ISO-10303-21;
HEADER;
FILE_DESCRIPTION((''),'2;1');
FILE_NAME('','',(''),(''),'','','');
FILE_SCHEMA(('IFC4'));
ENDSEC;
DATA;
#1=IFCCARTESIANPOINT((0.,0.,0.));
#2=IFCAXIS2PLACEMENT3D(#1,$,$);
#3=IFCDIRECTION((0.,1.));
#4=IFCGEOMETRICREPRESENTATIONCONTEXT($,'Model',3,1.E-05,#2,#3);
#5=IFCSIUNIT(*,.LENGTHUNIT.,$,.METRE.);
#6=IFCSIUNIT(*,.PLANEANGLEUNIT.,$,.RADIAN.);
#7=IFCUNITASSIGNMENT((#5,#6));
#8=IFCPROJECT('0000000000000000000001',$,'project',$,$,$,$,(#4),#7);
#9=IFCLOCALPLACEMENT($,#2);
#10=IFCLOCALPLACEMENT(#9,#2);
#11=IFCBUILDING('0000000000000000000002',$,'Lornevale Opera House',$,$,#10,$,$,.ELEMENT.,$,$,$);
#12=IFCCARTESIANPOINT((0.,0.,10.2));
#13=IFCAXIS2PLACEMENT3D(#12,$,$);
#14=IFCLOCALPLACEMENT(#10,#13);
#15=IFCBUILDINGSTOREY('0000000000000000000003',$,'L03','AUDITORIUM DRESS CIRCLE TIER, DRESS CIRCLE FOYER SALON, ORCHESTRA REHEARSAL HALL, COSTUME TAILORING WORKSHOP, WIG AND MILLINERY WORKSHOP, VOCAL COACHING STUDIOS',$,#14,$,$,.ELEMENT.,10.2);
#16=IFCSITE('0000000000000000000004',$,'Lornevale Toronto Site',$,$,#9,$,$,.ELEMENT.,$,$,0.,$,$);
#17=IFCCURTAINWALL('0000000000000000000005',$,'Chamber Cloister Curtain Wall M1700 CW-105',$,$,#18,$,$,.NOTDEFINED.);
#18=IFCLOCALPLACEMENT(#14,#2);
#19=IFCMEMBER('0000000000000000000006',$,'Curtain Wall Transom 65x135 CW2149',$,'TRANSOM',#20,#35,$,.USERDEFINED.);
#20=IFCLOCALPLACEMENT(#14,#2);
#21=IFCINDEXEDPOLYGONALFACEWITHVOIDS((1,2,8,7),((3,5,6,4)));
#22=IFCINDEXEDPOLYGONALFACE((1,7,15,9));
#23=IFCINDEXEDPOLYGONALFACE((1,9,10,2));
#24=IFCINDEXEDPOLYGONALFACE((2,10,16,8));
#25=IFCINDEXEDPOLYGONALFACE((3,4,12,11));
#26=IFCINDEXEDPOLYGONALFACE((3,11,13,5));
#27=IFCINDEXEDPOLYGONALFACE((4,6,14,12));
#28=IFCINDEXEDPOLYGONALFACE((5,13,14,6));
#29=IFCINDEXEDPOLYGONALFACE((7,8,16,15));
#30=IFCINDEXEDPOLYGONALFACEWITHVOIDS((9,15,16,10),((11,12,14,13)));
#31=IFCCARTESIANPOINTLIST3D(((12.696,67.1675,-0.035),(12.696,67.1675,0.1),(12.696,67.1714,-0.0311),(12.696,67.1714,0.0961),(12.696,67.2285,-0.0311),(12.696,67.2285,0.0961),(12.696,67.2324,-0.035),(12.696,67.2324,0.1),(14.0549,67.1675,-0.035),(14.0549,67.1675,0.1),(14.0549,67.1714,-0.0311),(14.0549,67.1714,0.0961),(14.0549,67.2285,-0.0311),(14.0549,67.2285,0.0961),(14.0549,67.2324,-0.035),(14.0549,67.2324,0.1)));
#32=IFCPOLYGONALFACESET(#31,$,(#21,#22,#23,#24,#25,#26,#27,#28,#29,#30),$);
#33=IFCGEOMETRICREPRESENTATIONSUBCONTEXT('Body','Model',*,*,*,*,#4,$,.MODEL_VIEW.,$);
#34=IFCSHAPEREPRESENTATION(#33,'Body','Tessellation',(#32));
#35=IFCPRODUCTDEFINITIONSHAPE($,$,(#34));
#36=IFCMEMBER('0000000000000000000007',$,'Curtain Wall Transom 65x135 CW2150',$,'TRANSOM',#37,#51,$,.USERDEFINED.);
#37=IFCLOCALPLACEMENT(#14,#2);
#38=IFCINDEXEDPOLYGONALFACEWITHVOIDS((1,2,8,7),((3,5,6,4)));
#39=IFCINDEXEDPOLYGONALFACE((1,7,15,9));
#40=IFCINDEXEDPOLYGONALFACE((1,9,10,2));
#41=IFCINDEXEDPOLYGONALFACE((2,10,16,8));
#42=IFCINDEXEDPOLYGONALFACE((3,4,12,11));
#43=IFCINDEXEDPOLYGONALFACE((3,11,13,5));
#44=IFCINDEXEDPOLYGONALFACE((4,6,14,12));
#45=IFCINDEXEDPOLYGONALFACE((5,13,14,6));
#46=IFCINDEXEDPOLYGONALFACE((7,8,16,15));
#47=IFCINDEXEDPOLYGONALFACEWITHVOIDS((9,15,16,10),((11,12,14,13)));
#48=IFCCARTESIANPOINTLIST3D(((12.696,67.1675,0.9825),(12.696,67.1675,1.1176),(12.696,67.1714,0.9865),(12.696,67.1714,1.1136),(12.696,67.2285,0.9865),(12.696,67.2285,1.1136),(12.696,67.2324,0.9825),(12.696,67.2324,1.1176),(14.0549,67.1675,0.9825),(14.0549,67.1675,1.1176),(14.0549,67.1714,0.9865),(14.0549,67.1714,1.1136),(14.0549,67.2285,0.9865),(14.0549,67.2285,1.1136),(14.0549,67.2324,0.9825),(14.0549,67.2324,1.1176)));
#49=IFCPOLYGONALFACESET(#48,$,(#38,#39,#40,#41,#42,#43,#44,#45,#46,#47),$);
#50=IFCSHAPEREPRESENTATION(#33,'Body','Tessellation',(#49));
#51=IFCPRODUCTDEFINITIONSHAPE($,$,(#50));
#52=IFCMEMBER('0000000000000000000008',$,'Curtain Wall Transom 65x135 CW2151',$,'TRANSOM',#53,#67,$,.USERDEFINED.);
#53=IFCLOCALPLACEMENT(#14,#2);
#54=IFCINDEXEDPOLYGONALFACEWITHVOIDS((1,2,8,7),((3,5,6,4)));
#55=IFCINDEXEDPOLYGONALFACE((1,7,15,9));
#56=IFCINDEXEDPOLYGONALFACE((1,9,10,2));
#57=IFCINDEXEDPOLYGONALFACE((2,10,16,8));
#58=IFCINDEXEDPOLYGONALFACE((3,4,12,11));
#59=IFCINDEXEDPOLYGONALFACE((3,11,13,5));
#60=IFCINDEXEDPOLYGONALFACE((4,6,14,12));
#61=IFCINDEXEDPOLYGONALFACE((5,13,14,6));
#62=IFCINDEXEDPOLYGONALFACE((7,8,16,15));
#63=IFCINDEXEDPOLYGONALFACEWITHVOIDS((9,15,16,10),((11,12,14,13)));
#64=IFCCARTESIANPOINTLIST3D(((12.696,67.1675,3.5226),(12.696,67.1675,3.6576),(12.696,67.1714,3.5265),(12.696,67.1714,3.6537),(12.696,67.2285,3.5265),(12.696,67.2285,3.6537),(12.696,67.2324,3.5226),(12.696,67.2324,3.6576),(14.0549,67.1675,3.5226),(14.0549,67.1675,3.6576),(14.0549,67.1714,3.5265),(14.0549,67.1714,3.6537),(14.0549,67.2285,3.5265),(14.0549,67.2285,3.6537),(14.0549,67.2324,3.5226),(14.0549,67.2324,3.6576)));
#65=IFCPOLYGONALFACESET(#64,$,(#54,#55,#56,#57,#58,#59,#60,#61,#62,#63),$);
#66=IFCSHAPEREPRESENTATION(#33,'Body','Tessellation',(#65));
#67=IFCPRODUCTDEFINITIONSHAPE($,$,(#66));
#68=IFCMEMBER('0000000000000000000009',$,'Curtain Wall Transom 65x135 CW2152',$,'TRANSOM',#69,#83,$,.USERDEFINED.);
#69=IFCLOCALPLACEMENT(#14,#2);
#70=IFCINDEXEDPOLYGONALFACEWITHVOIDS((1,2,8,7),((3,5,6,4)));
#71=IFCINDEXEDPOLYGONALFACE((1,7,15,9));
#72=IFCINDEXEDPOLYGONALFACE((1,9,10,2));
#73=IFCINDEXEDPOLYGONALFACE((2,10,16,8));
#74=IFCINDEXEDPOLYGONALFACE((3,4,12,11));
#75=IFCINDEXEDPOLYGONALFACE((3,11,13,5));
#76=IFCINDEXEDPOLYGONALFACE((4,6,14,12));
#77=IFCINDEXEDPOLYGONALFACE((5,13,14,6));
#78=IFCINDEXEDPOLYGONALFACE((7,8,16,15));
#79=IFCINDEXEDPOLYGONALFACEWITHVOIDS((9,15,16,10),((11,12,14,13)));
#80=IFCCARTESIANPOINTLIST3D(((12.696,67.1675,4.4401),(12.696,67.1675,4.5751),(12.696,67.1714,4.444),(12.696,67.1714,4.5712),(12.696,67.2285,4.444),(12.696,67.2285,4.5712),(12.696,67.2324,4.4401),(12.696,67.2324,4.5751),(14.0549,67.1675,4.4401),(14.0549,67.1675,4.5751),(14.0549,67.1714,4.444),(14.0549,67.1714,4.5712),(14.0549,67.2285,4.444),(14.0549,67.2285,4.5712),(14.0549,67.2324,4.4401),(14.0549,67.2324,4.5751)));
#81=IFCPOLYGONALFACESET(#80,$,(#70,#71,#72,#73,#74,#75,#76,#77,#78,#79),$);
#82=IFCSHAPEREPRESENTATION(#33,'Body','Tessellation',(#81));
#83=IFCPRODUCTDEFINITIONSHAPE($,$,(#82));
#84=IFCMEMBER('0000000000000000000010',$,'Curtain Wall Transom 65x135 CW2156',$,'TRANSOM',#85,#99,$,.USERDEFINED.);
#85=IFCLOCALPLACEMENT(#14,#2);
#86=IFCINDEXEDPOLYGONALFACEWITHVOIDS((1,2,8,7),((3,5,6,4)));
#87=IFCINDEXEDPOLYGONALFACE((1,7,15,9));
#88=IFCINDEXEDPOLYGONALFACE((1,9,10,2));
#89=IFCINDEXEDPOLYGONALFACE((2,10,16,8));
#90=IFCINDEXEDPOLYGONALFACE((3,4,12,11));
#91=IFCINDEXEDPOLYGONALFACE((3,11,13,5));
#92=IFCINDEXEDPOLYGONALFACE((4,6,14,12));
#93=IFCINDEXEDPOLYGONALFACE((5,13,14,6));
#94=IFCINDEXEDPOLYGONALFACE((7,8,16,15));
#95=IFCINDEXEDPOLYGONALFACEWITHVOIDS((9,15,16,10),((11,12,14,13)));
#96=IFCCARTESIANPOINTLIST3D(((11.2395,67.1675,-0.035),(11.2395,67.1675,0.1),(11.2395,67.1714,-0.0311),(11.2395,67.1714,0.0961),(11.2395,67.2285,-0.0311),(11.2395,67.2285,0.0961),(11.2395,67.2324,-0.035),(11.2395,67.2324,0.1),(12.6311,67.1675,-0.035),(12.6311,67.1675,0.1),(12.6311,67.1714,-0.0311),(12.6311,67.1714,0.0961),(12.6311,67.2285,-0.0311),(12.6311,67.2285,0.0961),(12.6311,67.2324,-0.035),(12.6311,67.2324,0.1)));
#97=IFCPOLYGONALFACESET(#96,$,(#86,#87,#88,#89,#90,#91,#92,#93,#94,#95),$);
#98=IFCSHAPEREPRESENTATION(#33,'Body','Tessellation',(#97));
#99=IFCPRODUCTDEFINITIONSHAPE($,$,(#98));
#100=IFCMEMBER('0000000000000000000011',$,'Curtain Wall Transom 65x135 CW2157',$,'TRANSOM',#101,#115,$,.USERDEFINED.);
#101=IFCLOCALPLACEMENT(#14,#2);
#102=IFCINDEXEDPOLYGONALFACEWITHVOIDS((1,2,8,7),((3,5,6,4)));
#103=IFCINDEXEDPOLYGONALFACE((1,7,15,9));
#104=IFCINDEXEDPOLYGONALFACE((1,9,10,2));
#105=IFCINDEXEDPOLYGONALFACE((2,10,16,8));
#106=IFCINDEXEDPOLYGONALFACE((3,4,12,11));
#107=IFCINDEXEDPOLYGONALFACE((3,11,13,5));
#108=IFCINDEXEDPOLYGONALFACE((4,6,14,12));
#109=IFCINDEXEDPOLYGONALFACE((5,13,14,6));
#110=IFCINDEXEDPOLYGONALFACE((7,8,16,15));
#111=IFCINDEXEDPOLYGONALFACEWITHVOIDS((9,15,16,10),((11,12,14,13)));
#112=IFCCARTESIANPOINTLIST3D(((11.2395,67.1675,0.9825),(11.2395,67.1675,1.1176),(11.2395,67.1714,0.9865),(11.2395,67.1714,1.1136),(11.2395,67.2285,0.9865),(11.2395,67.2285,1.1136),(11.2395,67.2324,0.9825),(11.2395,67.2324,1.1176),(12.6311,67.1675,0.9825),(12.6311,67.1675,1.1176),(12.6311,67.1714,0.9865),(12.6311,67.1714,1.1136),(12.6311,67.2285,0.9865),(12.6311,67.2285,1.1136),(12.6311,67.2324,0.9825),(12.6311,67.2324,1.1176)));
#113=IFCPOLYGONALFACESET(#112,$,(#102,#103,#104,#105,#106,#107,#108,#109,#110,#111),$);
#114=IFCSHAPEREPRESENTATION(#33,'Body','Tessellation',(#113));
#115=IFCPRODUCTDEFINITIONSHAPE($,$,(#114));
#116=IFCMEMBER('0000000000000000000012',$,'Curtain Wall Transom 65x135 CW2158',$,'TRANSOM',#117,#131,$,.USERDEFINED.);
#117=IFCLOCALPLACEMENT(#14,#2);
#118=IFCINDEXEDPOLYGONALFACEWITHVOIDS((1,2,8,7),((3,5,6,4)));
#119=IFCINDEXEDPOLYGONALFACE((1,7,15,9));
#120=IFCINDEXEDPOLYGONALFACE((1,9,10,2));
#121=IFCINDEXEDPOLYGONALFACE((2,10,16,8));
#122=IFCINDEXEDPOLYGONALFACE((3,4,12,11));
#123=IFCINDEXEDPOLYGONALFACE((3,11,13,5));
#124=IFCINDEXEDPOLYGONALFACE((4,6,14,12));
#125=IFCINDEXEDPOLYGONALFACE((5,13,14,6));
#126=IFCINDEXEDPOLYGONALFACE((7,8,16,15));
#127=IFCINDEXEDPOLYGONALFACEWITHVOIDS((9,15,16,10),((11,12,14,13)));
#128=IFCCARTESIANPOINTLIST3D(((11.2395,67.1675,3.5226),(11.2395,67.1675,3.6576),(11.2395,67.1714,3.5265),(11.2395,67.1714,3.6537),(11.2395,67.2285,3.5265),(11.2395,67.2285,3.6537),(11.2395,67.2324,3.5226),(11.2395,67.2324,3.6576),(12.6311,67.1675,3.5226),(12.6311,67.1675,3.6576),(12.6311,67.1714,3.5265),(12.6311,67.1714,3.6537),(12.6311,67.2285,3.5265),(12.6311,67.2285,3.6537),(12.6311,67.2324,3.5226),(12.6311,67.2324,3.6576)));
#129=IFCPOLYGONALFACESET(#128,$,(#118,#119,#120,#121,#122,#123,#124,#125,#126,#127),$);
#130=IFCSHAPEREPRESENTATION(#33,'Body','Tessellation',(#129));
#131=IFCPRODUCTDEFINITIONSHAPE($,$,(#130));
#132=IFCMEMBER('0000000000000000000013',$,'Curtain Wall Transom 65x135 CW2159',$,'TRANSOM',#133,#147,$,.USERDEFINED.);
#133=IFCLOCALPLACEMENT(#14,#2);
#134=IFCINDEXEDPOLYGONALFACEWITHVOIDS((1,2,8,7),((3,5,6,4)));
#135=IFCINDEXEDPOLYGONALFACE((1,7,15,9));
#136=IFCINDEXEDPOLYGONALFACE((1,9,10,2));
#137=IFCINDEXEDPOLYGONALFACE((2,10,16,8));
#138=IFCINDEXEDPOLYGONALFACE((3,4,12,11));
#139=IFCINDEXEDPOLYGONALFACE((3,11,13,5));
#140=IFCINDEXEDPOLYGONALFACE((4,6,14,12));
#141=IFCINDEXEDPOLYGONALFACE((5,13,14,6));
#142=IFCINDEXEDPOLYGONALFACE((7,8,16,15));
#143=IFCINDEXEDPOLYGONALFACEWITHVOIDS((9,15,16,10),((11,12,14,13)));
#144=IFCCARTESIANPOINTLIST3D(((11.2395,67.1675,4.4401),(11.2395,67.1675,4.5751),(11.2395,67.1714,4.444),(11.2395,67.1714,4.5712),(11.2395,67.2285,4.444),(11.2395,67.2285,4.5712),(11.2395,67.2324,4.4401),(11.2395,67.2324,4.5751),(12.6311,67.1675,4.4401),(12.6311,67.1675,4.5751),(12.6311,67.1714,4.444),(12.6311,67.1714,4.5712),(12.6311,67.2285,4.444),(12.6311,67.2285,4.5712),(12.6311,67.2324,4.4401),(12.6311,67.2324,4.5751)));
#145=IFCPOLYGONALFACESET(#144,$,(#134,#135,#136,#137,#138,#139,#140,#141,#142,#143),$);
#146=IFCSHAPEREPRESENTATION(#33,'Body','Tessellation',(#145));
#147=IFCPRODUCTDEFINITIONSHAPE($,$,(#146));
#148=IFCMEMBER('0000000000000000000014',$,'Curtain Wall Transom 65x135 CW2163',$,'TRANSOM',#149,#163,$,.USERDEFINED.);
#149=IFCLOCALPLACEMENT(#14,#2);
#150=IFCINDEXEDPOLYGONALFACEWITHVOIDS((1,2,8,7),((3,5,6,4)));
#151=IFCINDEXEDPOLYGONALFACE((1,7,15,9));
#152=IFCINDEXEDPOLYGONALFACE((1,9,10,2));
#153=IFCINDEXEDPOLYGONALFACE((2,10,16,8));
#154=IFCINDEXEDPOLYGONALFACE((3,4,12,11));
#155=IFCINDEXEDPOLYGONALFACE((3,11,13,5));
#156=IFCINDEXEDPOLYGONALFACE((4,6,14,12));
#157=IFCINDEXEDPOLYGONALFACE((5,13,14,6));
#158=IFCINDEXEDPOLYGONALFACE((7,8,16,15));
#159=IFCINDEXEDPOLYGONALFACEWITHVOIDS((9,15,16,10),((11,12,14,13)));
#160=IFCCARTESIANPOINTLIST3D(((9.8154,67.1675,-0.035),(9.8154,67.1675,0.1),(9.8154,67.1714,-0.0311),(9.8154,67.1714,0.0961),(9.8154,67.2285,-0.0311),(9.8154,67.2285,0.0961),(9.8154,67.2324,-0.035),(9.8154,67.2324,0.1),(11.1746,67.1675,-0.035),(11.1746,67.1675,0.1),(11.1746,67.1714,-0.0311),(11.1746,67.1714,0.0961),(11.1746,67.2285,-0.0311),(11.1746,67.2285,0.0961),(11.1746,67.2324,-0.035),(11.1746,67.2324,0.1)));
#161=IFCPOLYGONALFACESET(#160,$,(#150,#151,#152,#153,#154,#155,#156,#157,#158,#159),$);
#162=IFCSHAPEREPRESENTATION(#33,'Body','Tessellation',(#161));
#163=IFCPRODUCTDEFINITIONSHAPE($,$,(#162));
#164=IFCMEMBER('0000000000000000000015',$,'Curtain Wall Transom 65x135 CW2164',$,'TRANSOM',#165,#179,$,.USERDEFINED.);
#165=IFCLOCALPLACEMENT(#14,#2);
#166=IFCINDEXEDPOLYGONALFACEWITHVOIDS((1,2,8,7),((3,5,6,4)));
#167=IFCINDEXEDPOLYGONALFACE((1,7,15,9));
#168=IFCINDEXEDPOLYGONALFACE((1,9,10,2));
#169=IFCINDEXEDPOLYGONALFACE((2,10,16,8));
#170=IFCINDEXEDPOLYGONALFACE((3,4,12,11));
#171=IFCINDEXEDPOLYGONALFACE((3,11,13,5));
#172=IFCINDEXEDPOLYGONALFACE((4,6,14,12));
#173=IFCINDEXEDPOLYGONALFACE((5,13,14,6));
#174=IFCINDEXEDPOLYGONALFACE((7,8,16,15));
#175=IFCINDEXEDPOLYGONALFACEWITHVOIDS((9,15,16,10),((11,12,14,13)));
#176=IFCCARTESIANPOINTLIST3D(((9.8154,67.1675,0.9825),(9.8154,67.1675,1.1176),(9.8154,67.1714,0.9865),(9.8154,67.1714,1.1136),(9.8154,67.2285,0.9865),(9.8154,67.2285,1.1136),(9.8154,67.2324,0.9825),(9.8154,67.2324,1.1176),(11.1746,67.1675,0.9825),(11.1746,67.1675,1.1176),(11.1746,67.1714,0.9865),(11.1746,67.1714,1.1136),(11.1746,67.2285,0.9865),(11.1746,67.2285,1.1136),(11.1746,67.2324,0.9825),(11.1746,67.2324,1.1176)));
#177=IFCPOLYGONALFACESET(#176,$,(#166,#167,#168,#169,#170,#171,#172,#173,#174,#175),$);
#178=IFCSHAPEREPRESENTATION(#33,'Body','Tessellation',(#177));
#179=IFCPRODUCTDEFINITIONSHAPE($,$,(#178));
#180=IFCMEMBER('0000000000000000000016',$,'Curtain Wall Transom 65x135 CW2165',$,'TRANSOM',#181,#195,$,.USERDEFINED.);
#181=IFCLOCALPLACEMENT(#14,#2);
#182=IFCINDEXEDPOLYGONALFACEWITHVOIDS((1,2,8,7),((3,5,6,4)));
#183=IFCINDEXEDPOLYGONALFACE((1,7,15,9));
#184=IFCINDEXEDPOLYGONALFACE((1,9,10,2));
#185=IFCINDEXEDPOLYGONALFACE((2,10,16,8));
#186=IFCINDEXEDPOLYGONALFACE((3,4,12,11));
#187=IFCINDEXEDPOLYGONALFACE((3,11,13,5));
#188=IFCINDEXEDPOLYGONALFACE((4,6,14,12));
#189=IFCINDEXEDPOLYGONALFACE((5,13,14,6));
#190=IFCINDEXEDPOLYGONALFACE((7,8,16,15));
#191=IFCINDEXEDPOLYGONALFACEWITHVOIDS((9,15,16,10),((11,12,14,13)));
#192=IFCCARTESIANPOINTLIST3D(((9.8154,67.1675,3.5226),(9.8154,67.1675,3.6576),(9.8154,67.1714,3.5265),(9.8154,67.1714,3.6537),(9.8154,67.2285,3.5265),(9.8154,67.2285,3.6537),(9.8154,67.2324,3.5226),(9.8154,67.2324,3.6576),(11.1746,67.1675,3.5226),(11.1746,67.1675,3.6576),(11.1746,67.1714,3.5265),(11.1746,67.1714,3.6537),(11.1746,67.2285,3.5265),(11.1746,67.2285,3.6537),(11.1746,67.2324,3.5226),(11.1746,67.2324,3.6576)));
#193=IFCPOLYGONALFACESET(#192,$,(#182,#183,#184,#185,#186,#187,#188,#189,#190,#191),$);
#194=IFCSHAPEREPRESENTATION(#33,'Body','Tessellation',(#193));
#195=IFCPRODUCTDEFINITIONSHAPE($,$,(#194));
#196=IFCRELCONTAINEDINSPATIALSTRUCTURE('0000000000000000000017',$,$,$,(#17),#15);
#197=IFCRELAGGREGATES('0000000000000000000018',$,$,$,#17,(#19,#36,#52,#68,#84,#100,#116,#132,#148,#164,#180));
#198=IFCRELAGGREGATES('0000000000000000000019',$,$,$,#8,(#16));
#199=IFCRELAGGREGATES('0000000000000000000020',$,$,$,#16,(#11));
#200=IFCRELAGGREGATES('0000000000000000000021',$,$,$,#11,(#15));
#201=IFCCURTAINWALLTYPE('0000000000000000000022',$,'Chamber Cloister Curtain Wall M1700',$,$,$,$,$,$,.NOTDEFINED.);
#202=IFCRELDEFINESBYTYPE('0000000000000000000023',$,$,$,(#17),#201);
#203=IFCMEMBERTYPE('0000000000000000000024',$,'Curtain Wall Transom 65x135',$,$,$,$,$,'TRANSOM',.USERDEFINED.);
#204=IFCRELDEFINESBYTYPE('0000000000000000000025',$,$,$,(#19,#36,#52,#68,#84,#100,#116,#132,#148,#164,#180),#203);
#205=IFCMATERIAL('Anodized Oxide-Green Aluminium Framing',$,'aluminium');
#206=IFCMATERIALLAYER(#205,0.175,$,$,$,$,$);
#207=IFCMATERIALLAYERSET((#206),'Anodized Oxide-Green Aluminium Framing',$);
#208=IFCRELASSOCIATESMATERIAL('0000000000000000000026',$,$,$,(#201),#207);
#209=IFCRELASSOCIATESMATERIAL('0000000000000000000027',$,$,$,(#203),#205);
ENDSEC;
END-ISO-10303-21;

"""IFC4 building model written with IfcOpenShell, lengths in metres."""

from ifc_helpers import new_model, si_unit, direction, frame, origin, origin_2d, place, context, subcontext, project, spatial, hollow_rectangle, extrude, material, layer, layer_set, material_profile, profile_set, type_object, element, aggregate, save


model = new_model("IFC4")

# Units and contexts
model_context = context("Model", 3, precision=1e-05, world=origin(), true_north=direction((0.0, 1.0)))
body_context = subcontext(model_context, "Body", "Model", "MODEL_VIEW")
ifc_project = project(units=[si_unit("LENGTHUNIT", "METRE"), si_unit("PLANEANGLEUNIT", "RADIAN")], contexts=[model_context])

# Site, building, storey
site_placement = place(None, origin())
site = spatial("IfcSite", under=ifc_project, at=site_placement, Name="Lornevale Toronto Site", CompositionType="ELEMENT", RefElevation=0.0)
building_placement = place(site_placement, origin())
building = spatial("IfcBuilding", under=site, at=building_placement, Name="Lornevale Opera House", CompositionType="ELEMENT")
storey_placement = place(building_placement, frame((0.0, 0.0, 10.2)))
storey = spatial("IfcBuildingStorey", under=building, at=storey_placement, Name="L03", Description="AUDITORIUM DRESS CIRCLE TIER, DRESS CIRCLE FOYER SALON, ORCHESTRA REHEARSAL HALL, COSTUME TAILORING WORKSHOP, WIG AND MILLINERY WORKSHOP, VOCAL COACHING STUDIOS", CompositionType="ELEMENT", Elevation=10.2)

# Shared definitions
ifc_material_1 = material(Name="Anodized Oxide-Green Aluminium Framing", Category="aluminium")
ifc_layer_1 = layer(ifc_material_1, 0.175)
ifc_layer_set_1 = layer_set([ifc_layer_1], Name="Anodized Oxide-Green Aluminium Framing")
curtain_wall_type = type_object("IfcCurtainWallType", Name="Chamber Cloister Curtain Wall M1700", PredefinedType="NOTDEFINED", material=ifc_layer_set_1)

# Curtain wall
curtain_wall_1_placement = place(storey_placement, origin())
curtain_wall_1 = element("IfcCurtainWall", 1, at=curtain_wall_1_placement, inside=storey, type_object=curtain_wall_type, Name="Chamber Cloister Curtain Wall M1700 CW-105", PredefinedType="NOTDEFINED")

# Members
ifc_material_profile_1 = material_profile(ifc_material_1, hollow_rectangle(XDim=0.0649, YDim=0.135, WallThickness=0.0039, at=origin_2d()), Name="ALU65x135x4")
ifc_profile_set_1 = profile_set([ifc_material_profile_1], Name="Anodized Oxide-Green Aluminium Framing")
member_type_1 = type_object("IfcMemberType", Name="Curtain Wall Transom 65x135", ElementType="TRANSOM", PredefinedType="USERDEFINED", material=ifc_profile_set_1)
member_1_placement = place(storey_placement, frame((14.0549, 67.2, 0.0325), z_axis=(-1.0, 0.0, 0.0), x_axis=(0.0, -1.0, 0.0)))
member_1 = element("IfcMember", 2, at=member_1_placement, type_object=member_type_1, Name="Curtain Wall Transom 65x135 CW2149", ObjectType="TRANSOM", PredefinedType="USERDEFINED", context=body_context, shape_type="SweptSolid", body=[
    extrude(hollow_rectangle(XDim=0.0649, YDim=0.135, WallThickness=0.0039, at=origin_2d()), origin(), (0.0, 0.0, 1.0), 1.3589),
])
member_2_placement = place(storey_placement, frame((14.0549, 67.2, 1.05), z_axis=(-1.0, 0.0, 0.0), x_axis=(0.0, -1.0, 0.0)))
member_2 = element("IfcMember", 3, at=member_2_placement, type_object=member_type_1, Name="Curtain Wall Transom 65x135 CW2150", ObjectType="TRANSOM", PredefinedType="USERDEFINED", context=body_context, shape_type="SweptSolid", body=[
    extrude(hollow_rectangle(XDim=0.0649, YDim=0.135, WallThickness=0.0039, at=origin_2d()), origin(), (0.0, 0.0, 1.0), 1.3589),
])
member_3_placement = place(storey_placement, frame((14.0549, 67.2, 3.5901), z_axis=(-1.0, 0.0, 0.0), x_axis=(0.0, -1.0, 0.0)))
member_3 = element("IfcMember", 4, at=member_3_placement, type_object=member_type_1, Name="Curtain Wall Transom 65x135 CW2151", ObjectType="TRANSOM", PredefinedType="USERDEFINED", context=body_context, shape_type="SweptSolid", body=[
    extrude(hollow_rectangle(XDim=0.0649, YDim=0.135, WallThickness=0.0039, at=origin_2d()), origin(), (0.0, 0.0, 1.0), 1.3589),
])
member_4_placement = place(storey_placement, frame((14.0549, 67.2, 4.5076), z_axis=(-1.0, 0.0, 0.0), x_axis=(0.0, -1.0, 0.0)))
member_4 = element("IfcMember", 5, at=member_4_placement, type_object=member_type_1, Name="Curtain Wall Transom 65x135 CW2152", ObjectType="TRANSOM", PredefinedType="USERDEFINED", context=body_context, shape_type="SweptSolid", body=[
    extrude(hollow_rectangle(XDim=0.0649, YDim=0.135, WallThickness=0.0039, at=origin_2d()), origin(), (0.0, 0.0, 1.0), 1.3589),
])
member_5_placement = place(storey_placement, frame((12.6311, 67.2, 0.0325), z_axis=(-1.0, 0.0, 0.0), x_axis=(0.0, -1.0, 0.0)))
member_5 = element("IfcMember", 6, at=member_5_placement, type_object=member_type_1, Name="Curtain Wall Transom 65x135 CW2156", ObjectType="TRANSOM", PredefinedType="USERDEFINED", context=body_context, shape_type="SweptSolid", body=[
    extrude(hollow_rectangle(XDim=0.0649, YDim=0.135, WallThickness=0.0039, at=origin_2d()), origin(), (0.0, 0.0, 1.0), 1.3916),
])
member_6_placement = place(storey_placement, frame((12.6311, 67.2, 1.05), z_axis=(-1.0, 0.0, 0.0), x_axis=(0.0, -1.0, 0.0)))
member_6 = element("IfcMember", 7, at=member_6_placement, type_object=member_type_1, Name="Curtain Wall Transom 65x135 CW2157", ObjectType="TRANSOM", PredefinedType="USERDEFINED", context=body_context, shape_type="SweptSolid", body=[
    extrude(hollow_rectangle(XDim=0.0649, YDim=0.135, WallThickness=0.0039, at=origin_2d()), origin(), (0.0, 0.0, 1.0), 1.3916),
])
member_7_placement = place(storey_placement, frame((12.6311, 67.2, 3.5901), z_axis=(-1.0, 0.0, 0.0), x_axis=(0.0, -1.0, 0.0)))
member_7 = element("IfcMember", 8, at=member_7_placement, type_object=member_type_1, Name="Curtain Wall Transom 65x135 CW2158", ObjectType="TRANSOM", PredefinedType="USERDEFINED", context=body_context, shape_type="SweptSolid", body=[
    extrude(hollow_rectangle(XDim=0.0649, YDim=0.135, WallThickness=0.0039, at=origin_2d()), origin(), (0.0, 0.0, 1.0), 1.3916),
])
member_8_placement = place(storey_placement, frame((12.6311, 67.2, 4.5076), z_axis=(-1.0, 0.0, 0.0), x_axis=(0.0, -1.0, 0.0)))
member_8 = element("IfcMember", 9, at=member_8_placement, type_object=member_type_1, Name="Curtain Wall Transom 65x135 CW2159", ObjectType="TRANSOM", PredefinedType="USERDEFINED", context=body_context, shape_type="SweptSolid", body=[
    extrude(hollow_rectangle(XDim=0.0649, YDim=0.135, WallThickness=0.0039, at=origin_2d()), origin(), (0.0, 0.0, 1.0), 1.3916),
])
member_9_placement = place(storey_placement, frame((11.1746, 67.2, 0.0325), z_axis=(-1.0, 0.0, 0.0), x_axis=(0.0, -1.0, 0.0)))
member_9 = element("IfcMember", 10, at=member_9_placement, type_object=member_type_1, Name="Curtain Wall Transom 65x135 CW2163", ObjectType="TRANSOM", PredefinedType="USERDEFINED", context=body_context, shape_type="SweptSolid", body=[
    extrude(hollow_rectangle(XDim=0.0649, YDim=0.135, WallThickness=0.0039, at=origin_2d()), origin(), (0.0, 0.0, 1.0), 1.3591),
])
member_10_placement = place(storey_placement, frame((11.1746, 67.2, 1.05), z_axis=(-1.0, 0.0, 0.0), x_axis=(0.0, -1.0, 0.0)))
member_10 = element("IfcMember", 11, at=member_10_placement, type_object=member_type_1, Name="Curtain Wall Transom 65x135 CW2164", ObjectType="TRANSOM", PredefinedType="USERDEFINED", context=body_context, shape_type="SweptSolid", body=[
    extrude(hollow_rectangle(XDim=0.0649, YDim=0.135, WallThickness=0.0039, at=origin_2d()), origin(), (0.0, 0.0, 1.0), 1.3591),
])
member_11_placement = place(storey_placement, frame((11.1746, 67.2, 3.5901), z_axis=(-1.0, 0.0, 0.0), x_axis=(0.0, -1.0, 0.0)))
member_11 = element("IfcMember", 12, at=member_11_placement, type_object=member_type_1, Name="Curtain Wall Transom 65x135 CW2165", ObjectType="TRANSOM", PredefinedType="USERDEFINED", context=body_context, shape_type="SweptSolid", body=[
    extrude(hollow_rectangle(XDim=0.0649, YDim=0.135, WallThickness=0.0039, at=origin_2d()), origin(), (0.0, 0.0, 1.0), 1.3591),
])

aggregate(curtain_wall_1, [member_1, member_2, member_3, member_4, member_5, member_6, member_7, member_8, member_9, member_10, member_11])

save(model, "model.ifc")
